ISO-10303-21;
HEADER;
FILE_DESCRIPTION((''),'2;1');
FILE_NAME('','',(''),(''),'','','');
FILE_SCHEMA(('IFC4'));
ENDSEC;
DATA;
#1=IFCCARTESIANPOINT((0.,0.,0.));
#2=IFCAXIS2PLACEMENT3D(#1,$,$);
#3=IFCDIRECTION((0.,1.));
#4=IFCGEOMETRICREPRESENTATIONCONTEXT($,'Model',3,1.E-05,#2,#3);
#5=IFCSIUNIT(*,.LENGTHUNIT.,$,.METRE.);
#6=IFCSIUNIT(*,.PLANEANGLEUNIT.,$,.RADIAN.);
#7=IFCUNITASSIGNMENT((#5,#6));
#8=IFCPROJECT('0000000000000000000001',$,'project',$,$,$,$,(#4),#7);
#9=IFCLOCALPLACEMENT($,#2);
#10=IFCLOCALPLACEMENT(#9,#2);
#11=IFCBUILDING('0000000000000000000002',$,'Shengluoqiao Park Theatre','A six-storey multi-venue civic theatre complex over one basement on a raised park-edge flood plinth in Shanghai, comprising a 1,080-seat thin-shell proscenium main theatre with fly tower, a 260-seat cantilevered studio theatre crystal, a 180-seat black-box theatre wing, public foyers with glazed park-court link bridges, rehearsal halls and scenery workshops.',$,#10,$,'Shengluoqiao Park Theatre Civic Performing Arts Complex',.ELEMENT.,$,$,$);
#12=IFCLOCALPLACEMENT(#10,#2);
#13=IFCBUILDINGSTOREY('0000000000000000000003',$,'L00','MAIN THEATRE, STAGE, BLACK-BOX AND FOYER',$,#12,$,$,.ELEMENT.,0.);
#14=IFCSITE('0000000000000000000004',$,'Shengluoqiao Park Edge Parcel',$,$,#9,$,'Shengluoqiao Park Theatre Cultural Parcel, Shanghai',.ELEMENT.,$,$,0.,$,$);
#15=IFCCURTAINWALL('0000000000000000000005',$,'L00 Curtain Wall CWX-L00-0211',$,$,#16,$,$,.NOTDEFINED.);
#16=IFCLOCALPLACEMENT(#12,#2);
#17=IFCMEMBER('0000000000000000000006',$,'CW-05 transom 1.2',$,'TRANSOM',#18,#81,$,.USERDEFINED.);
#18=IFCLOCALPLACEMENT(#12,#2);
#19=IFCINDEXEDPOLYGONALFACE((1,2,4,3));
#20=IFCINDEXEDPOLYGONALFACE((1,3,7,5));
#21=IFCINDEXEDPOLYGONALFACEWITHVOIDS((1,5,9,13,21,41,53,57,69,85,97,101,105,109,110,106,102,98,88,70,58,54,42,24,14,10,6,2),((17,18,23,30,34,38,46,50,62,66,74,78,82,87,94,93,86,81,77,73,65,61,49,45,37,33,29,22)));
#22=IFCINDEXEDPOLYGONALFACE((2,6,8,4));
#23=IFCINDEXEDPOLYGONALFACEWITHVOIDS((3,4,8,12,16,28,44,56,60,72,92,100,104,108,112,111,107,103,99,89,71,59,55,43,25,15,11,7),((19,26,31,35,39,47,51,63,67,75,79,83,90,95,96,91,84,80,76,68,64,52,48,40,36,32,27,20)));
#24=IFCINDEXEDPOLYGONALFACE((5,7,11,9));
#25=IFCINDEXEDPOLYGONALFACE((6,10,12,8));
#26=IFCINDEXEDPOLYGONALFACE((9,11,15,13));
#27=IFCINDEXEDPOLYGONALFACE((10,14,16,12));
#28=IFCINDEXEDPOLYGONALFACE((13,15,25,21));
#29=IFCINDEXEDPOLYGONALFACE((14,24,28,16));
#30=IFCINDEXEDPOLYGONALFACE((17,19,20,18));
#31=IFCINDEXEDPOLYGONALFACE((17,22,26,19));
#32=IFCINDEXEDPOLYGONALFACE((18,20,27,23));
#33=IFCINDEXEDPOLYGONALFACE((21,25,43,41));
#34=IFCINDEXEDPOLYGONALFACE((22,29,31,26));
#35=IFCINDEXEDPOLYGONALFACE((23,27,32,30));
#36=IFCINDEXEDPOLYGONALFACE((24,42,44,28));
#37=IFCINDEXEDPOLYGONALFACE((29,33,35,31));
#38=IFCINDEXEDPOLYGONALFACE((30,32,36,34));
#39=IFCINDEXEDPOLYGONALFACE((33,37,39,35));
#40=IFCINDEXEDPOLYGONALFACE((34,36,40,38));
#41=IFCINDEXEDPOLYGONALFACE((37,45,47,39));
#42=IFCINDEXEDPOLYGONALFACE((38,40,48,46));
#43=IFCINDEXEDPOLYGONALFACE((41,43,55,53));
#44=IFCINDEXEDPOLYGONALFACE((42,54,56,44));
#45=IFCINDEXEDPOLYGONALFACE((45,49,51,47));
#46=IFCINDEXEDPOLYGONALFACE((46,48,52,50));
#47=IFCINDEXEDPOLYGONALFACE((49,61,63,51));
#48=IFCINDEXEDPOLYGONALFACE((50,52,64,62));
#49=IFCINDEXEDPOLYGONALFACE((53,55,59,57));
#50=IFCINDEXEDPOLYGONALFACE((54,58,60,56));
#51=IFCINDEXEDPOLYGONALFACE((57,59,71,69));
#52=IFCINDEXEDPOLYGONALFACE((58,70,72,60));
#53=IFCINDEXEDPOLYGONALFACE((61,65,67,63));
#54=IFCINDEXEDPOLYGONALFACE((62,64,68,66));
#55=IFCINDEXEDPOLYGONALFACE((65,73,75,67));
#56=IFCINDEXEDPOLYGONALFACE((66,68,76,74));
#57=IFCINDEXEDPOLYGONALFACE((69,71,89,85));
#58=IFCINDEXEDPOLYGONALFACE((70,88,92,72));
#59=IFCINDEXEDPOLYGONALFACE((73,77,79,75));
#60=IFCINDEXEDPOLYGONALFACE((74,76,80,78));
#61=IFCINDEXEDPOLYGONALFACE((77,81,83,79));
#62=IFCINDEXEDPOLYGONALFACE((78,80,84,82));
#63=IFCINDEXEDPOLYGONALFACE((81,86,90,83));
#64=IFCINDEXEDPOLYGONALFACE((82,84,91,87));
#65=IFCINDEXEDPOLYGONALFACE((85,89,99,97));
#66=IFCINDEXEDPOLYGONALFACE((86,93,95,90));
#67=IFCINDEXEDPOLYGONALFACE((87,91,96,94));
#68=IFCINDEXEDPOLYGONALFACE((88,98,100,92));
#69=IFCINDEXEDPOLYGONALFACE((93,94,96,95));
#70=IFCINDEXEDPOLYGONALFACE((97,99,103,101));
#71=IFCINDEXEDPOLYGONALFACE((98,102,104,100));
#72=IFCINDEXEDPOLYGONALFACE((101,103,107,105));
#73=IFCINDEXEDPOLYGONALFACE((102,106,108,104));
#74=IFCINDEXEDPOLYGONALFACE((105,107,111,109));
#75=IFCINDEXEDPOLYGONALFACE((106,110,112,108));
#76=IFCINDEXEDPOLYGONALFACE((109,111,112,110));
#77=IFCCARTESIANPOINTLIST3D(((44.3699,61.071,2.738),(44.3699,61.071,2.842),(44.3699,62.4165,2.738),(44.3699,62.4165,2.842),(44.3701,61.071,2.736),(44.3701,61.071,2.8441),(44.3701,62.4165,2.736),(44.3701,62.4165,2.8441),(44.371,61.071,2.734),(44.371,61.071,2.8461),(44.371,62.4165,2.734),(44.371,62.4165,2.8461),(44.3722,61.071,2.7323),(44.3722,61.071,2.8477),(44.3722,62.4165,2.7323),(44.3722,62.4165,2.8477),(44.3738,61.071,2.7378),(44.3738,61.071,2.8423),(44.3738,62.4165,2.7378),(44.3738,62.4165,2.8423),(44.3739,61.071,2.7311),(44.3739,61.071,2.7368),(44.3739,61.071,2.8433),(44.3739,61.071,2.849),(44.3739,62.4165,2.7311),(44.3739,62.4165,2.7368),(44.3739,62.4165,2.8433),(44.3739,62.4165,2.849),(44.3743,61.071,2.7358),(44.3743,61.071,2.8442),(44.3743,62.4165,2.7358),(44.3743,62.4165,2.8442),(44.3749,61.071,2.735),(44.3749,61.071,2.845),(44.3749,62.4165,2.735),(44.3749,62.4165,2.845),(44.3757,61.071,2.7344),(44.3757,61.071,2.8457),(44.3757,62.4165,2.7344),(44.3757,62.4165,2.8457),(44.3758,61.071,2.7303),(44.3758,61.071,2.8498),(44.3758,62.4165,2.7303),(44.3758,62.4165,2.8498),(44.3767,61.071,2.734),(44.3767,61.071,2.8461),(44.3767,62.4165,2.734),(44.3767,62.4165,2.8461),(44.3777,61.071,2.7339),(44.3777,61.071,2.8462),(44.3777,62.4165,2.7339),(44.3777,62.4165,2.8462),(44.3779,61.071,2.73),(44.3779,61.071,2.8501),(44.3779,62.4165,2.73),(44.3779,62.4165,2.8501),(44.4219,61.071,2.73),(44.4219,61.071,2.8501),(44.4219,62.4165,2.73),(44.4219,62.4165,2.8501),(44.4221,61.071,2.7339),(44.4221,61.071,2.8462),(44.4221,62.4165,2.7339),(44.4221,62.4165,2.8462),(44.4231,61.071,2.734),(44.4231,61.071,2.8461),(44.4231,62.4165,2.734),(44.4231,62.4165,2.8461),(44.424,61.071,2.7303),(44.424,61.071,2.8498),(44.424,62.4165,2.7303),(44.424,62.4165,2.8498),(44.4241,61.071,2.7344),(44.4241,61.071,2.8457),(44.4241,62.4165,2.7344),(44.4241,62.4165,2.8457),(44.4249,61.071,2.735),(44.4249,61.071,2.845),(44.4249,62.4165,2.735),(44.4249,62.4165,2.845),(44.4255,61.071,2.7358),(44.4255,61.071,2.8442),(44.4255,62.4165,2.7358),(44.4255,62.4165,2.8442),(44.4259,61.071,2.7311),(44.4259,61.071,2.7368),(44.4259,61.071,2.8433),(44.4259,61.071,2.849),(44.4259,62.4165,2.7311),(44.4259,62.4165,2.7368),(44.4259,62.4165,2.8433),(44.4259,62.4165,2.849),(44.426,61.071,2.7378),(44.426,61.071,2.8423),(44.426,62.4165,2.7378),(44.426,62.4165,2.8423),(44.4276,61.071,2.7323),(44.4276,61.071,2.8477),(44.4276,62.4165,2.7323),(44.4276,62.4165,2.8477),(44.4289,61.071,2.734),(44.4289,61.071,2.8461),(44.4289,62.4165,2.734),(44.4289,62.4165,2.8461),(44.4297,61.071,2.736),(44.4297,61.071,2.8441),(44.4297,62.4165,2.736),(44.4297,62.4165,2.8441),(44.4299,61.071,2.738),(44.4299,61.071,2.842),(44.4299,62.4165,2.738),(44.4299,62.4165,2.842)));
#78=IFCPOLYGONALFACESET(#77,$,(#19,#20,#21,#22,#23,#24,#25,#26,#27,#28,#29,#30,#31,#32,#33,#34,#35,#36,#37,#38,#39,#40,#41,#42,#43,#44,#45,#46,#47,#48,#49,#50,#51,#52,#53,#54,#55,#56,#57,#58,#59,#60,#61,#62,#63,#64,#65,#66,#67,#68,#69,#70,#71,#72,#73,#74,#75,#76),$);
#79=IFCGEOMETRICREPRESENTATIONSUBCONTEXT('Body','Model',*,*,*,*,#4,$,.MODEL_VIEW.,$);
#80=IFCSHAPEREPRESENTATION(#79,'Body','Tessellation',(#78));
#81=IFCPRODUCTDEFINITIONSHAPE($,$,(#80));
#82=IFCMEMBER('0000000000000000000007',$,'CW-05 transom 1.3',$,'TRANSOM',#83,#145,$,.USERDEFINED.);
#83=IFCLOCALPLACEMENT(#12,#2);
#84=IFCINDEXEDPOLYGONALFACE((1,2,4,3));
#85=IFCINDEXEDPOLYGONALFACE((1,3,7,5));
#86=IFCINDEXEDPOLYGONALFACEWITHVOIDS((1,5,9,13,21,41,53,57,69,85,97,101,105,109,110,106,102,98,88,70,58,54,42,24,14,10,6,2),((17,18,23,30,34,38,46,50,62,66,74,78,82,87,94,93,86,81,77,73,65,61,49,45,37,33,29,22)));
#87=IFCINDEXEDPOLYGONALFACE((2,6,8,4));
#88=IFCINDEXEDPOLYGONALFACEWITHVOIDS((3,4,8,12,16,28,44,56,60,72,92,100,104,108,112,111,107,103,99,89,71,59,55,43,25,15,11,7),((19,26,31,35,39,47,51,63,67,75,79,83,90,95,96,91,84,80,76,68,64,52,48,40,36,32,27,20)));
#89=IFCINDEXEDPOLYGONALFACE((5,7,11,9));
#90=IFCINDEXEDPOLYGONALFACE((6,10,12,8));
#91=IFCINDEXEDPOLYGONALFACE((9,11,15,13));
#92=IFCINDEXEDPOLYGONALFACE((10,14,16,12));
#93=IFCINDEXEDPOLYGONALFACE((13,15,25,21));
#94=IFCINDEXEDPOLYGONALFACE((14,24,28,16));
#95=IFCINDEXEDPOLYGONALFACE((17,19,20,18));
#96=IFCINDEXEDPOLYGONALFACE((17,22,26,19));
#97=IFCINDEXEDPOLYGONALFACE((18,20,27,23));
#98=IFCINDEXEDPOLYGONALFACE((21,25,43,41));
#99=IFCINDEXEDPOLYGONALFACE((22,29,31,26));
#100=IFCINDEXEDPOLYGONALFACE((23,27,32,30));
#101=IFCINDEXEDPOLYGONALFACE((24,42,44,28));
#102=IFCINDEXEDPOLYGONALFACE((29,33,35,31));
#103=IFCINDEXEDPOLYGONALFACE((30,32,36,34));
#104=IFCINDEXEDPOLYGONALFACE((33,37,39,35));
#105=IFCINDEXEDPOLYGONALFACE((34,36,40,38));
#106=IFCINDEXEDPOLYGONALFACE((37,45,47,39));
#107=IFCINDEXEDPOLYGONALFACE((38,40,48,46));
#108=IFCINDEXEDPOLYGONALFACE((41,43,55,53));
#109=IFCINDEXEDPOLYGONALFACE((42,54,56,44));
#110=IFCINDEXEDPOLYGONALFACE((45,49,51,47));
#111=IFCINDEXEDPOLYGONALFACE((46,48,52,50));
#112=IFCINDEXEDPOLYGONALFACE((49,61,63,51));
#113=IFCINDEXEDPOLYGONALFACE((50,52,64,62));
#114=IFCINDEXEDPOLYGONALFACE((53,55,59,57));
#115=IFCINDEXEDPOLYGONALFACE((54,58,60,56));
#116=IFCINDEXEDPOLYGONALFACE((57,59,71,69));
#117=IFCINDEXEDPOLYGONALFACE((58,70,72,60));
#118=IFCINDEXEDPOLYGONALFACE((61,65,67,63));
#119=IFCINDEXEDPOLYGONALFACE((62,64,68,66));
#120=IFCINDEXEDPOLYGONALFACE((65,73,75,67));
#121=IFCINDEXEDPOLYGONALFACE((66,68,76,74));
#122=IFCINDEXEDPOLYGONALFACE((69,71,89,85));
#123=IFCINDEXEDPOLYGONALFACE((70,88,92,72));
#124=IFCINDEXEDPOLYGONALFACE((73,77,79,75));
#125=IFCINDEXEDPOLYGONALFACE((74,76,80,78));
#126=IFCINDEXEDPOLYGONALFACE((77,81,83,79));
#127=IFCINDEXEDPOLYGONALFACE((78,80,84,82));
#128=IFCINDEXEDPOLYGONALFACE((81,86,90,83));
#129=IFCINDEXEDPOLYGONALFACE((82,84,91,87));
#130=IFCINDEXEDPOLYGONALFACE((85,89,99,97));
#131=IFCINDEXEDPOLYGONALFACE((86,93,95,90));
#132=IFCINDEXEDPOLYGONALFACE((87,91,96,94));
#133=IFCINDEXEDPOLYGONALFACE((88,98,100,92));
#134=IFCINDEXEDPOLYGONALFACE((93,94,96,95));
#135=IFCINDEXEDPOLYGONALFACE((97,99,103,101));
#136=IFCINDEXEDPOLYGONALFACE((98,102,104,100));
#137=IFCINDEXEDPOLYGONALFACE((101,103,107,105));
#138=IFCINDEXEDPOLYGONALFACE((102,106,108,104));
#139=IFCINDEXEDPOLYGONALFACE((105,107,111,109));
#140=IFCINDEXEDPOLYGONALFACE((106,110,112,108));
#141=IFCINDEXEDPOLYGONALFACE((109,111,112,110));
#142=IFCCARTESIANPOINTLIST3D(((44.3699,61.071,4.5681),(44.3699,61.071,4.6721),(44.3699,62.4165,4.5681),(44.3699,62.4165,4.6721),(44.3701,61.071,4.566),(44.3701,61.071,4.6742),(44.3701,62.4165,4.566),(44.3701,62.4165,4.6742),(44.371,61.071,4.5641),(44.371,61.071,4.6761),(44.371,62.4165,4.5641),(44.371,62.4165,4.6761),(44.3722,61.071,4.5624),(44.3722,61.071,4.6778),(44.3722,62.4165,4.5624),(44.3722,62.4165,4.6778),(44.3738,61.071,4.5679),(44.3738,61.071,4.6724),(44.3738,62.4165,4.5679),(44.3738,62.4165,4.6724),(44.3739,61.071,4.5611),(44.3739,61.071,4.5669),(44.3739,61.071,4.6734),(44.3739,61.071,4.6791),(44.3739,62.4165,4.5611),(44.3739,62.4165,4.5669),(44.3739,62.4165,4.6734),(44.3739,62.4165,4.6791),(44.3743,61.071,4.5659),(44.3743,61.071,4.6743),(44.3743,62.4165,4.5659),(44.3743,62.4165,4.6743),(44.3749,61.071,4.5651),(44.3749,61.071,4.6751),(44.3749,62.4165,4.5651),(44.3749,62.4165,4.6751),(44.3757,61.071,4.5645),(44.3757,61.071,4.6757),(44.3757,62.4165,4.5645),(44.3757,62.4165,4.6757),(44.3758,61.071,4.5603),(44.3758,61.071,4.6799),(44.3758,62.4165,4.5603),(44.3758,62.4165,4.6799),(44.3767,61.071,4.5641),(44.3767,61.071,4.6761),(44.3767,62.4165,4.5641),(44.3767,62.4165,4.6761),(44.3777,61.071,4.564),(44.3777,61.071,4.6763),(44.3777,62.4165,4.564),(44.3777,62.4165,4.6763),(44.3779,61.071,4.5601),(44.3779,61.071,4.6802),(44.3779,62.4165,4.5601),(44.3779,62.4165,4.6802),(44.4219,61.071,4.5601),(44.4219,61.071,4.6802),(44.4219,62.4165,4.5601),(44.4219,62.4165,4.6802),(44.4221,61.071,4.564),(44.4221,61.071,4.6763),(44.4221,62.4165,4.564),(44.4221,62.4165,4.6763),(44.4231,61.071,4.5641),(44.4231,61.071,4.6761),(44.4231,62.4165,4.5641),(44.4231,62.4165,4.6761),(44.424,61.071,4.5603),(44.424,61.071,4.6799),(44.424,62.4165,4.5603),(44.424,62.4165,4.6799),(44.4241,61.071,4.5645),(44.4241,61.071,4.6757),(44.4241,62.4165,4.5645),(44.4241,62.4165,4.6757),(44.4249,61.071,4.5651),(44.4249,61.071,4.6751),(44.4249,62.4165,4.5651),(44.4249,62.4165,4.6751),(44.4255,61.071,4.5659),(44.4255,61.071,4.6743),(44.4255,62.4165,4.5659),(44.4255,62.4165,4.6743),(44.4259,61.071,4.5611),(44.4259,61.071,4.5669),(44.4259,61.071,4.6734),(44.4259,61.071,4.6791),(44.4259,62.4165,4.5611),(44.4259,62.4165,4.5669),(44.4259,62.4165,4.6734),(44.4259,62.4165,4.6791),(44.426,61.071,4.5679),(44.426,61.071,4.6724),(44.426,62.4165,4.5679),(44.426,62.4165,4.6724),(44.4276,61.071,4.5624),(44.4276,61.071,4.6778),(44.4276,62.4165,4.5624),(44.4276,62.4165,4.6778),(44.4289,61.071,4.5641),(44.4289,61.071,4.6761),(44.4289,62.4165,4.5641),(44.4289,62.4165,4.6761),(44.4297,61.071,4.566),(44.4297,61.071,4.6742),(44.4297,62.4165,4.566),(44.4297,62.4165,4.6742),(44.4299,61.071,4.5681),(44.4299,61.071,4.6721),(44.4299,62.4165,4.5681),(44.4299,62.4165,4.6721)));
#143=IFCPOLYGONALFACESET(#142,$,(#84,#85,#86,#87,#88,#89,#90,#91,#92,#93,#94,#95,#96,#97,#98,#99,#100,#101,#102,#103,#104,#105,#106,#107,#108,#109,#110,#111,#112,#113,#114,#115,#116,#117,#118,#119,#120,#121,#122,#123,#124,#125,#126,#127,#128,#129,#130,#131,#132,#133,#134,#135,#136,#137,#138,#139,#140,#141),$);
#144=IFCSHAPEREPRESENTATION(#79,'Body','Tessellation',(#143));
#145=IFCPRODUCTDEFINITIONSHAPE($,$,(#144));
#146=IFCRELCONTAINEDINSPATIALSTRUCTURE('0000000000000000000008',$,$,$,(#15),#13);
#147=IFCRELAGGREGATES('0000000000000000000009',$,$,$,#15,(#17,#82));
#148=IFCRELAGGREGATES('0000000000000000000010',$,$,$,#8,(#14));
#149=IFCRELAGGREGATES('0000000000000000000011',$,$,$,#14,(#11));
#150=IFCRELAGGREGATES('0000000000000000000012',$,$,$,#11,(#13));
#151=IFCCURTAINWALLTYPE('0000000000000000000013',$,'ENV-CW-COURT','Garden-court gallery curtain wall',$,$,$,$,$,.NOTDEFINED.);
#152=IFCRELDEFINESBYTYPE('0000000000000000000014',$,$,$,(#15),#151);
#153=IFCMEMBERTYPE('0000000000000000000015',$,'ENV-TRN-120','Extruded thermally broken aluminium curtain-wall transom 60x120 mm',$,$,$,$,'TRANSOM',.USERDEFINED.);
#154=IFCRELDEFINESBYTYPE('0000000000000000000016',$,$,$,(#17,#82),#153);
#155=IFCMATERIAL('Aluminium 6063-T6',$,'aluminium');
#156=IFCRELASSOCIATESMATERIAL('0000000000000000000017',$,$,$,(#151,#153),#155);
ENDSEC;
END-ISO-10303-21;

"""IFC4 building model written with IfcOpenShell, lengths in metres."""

from ifc_helpers import new_model, si_unit, direction, frame, origin, origin_2d, place, context, subcontext, project, spatial, hollow_rectangle, extrude, material, material_profile, profile_set, type_object, element, aggregate, save


model = new_model("IFC4")

# Units and contexts
model_context = context("Model", 3, precision=1e-05, world=origin(), true_north=direction((0.0, 1.0)))
body_context = subcontext(model_context, "Body", "Model", "MODEL_VIEW")
ifc_project = project(units=[si_unit("LENGTHUNIT", "METRE"), si_unit("PLANEANGLEUNIT", "RADIAN")], contexts=[model_context])

# Site, building, storey
site_placement = place(None, origin())
site = spatial("IfcSite", under=ifc_project, at=site_placement, Name="Shengluoqiao Park Edge Parcel", LongName="Shengluoqiao Park Theatre Cultural Parcel, Shanghai", CompositionType="ELEMENT", RefElevation=0.0)
building_placement = place(site_placement, origin())
building = spatial("IfcBuilding", under=site, at=building_placement, Name="Shengluoqiao Park Theatre", Description="A six-storey multi-venue civic theatre complex over one basement on a raised park-edge flood plinth in Shanghai, comprising a 1,080-seat thin-shell proscenium main theatre with fly tower, a 260-seat cantilevered studio theatre crystal, a 180-seat black-box theatre wing, public foyers with glazed park-court link bridges, rehearsal halls and scenery workshops.", LongName="Shengluoqiao Park Theatre Civic Performing Arts Complex", CompositionType="ELEMENT")
storey_placement = place(building_placement, origin())
storey = spatial("IfcBuildingStorey", under=building, at=storey_placement, Name="L00", Description="MAIN THEATRE, STAGE, BLACK-BOX AND FOYER", CompositionType="ELEMENT", Elevation=0.0)

# Curtain wall, members
ifc_material_1 = material(Name="Aluminium 6063-T6", Category="aluminium")
curtain_wall_type = type_object("IfcCurtainWallType", Name="ENV-CW-COURT", Description="Garden-court gallery curtain wall", PredefinedType="NOTDEFINED", material=ifc_material_1)
curtain_wall_placement = place(storey_placement, origin())
curtain_wall = element("IfcCurtainWall", 1, at=curtain_wall_placement, inside=storey, type_object=curtain_wall_type, Name="L00 Curtain Wall CWX-L00-0211", PredefinedType="NOTDEFINED")
ifc_material_profile_1 = material_profile(ifc_material_1, hollow_rectangle(XDim=0.0601, YDim=0.1201, WallThickness=0.0039, InnerFilletRadius=0.0039, OuterFilletRadius=0.0081, at=origin_2d()), Name="ALU TRANSOM 120x60x4")
ifc_profile_set_1 = profile_set([ifc_material_profile_1], Name="Aluminium 6063-T6")
member_type_1 = type_object("IfcMemberType", Name="ENV-TRN-120", Description="Extruded thermally broken aluminium curtain-wall transom 60x120 mm", ElementType="TRANSOM", PredefinedType="USERDEFINED", material=ifc_profile_set_1)
member_1_placement = place(storey_placement, frame((44.3999, 61.071, 2.79), z_axis=(0.0, 1.0, 0.0), x_axis=(-1.0, 0.0, 0.0)))
member_1 = element("IfcMember", 2, at=member_1_placement, type_object=member_type_1, Name="CW-05 transom 1.2", ObjectType="TRANSOM", PredefinedType="USERDEFINED", context=body_context, shape_type="SweptSolid", body=[
    extrude(hollow_rectangle(XDim=0.0601, YDim=0.1201, WallThickness=0.0039, InnerFilletRadius=0.0039, OuterFilletRadius=0.0081, at=origin_2d()), origin(), (0.0, 0.0, 1.0), 1.3455),
])
member_2_placement = place(storey_placement, frame((44.3999, 61.071, 4.6201), z_axis=(0.0, 1.0, 0.0), x_axis=(-1.0, 0.0, 0.0)))
member_2 = element("IfcMember", 3, at=member_2_placement, type_object=member_type_1, Name="CW-05 transom 1.3", ObjectType="TRANSOM", PredefinedType="USERDEFINED", context=body_context, shape_type="SweptSolid", body=[
    extrude(hollow_rectangle(XDim=0.0601, YDim=0.1201, WallThickness=0.0039, InnerFilletRadius=0.0039, OuterFilletRadius=0.0081, at=origin_2d()), origin(), (0.0, 0.0, 1.0), 1.3455),
])
aggregate(curtain_wall, [member_1, member_2])

save(model, "model.ifc")
